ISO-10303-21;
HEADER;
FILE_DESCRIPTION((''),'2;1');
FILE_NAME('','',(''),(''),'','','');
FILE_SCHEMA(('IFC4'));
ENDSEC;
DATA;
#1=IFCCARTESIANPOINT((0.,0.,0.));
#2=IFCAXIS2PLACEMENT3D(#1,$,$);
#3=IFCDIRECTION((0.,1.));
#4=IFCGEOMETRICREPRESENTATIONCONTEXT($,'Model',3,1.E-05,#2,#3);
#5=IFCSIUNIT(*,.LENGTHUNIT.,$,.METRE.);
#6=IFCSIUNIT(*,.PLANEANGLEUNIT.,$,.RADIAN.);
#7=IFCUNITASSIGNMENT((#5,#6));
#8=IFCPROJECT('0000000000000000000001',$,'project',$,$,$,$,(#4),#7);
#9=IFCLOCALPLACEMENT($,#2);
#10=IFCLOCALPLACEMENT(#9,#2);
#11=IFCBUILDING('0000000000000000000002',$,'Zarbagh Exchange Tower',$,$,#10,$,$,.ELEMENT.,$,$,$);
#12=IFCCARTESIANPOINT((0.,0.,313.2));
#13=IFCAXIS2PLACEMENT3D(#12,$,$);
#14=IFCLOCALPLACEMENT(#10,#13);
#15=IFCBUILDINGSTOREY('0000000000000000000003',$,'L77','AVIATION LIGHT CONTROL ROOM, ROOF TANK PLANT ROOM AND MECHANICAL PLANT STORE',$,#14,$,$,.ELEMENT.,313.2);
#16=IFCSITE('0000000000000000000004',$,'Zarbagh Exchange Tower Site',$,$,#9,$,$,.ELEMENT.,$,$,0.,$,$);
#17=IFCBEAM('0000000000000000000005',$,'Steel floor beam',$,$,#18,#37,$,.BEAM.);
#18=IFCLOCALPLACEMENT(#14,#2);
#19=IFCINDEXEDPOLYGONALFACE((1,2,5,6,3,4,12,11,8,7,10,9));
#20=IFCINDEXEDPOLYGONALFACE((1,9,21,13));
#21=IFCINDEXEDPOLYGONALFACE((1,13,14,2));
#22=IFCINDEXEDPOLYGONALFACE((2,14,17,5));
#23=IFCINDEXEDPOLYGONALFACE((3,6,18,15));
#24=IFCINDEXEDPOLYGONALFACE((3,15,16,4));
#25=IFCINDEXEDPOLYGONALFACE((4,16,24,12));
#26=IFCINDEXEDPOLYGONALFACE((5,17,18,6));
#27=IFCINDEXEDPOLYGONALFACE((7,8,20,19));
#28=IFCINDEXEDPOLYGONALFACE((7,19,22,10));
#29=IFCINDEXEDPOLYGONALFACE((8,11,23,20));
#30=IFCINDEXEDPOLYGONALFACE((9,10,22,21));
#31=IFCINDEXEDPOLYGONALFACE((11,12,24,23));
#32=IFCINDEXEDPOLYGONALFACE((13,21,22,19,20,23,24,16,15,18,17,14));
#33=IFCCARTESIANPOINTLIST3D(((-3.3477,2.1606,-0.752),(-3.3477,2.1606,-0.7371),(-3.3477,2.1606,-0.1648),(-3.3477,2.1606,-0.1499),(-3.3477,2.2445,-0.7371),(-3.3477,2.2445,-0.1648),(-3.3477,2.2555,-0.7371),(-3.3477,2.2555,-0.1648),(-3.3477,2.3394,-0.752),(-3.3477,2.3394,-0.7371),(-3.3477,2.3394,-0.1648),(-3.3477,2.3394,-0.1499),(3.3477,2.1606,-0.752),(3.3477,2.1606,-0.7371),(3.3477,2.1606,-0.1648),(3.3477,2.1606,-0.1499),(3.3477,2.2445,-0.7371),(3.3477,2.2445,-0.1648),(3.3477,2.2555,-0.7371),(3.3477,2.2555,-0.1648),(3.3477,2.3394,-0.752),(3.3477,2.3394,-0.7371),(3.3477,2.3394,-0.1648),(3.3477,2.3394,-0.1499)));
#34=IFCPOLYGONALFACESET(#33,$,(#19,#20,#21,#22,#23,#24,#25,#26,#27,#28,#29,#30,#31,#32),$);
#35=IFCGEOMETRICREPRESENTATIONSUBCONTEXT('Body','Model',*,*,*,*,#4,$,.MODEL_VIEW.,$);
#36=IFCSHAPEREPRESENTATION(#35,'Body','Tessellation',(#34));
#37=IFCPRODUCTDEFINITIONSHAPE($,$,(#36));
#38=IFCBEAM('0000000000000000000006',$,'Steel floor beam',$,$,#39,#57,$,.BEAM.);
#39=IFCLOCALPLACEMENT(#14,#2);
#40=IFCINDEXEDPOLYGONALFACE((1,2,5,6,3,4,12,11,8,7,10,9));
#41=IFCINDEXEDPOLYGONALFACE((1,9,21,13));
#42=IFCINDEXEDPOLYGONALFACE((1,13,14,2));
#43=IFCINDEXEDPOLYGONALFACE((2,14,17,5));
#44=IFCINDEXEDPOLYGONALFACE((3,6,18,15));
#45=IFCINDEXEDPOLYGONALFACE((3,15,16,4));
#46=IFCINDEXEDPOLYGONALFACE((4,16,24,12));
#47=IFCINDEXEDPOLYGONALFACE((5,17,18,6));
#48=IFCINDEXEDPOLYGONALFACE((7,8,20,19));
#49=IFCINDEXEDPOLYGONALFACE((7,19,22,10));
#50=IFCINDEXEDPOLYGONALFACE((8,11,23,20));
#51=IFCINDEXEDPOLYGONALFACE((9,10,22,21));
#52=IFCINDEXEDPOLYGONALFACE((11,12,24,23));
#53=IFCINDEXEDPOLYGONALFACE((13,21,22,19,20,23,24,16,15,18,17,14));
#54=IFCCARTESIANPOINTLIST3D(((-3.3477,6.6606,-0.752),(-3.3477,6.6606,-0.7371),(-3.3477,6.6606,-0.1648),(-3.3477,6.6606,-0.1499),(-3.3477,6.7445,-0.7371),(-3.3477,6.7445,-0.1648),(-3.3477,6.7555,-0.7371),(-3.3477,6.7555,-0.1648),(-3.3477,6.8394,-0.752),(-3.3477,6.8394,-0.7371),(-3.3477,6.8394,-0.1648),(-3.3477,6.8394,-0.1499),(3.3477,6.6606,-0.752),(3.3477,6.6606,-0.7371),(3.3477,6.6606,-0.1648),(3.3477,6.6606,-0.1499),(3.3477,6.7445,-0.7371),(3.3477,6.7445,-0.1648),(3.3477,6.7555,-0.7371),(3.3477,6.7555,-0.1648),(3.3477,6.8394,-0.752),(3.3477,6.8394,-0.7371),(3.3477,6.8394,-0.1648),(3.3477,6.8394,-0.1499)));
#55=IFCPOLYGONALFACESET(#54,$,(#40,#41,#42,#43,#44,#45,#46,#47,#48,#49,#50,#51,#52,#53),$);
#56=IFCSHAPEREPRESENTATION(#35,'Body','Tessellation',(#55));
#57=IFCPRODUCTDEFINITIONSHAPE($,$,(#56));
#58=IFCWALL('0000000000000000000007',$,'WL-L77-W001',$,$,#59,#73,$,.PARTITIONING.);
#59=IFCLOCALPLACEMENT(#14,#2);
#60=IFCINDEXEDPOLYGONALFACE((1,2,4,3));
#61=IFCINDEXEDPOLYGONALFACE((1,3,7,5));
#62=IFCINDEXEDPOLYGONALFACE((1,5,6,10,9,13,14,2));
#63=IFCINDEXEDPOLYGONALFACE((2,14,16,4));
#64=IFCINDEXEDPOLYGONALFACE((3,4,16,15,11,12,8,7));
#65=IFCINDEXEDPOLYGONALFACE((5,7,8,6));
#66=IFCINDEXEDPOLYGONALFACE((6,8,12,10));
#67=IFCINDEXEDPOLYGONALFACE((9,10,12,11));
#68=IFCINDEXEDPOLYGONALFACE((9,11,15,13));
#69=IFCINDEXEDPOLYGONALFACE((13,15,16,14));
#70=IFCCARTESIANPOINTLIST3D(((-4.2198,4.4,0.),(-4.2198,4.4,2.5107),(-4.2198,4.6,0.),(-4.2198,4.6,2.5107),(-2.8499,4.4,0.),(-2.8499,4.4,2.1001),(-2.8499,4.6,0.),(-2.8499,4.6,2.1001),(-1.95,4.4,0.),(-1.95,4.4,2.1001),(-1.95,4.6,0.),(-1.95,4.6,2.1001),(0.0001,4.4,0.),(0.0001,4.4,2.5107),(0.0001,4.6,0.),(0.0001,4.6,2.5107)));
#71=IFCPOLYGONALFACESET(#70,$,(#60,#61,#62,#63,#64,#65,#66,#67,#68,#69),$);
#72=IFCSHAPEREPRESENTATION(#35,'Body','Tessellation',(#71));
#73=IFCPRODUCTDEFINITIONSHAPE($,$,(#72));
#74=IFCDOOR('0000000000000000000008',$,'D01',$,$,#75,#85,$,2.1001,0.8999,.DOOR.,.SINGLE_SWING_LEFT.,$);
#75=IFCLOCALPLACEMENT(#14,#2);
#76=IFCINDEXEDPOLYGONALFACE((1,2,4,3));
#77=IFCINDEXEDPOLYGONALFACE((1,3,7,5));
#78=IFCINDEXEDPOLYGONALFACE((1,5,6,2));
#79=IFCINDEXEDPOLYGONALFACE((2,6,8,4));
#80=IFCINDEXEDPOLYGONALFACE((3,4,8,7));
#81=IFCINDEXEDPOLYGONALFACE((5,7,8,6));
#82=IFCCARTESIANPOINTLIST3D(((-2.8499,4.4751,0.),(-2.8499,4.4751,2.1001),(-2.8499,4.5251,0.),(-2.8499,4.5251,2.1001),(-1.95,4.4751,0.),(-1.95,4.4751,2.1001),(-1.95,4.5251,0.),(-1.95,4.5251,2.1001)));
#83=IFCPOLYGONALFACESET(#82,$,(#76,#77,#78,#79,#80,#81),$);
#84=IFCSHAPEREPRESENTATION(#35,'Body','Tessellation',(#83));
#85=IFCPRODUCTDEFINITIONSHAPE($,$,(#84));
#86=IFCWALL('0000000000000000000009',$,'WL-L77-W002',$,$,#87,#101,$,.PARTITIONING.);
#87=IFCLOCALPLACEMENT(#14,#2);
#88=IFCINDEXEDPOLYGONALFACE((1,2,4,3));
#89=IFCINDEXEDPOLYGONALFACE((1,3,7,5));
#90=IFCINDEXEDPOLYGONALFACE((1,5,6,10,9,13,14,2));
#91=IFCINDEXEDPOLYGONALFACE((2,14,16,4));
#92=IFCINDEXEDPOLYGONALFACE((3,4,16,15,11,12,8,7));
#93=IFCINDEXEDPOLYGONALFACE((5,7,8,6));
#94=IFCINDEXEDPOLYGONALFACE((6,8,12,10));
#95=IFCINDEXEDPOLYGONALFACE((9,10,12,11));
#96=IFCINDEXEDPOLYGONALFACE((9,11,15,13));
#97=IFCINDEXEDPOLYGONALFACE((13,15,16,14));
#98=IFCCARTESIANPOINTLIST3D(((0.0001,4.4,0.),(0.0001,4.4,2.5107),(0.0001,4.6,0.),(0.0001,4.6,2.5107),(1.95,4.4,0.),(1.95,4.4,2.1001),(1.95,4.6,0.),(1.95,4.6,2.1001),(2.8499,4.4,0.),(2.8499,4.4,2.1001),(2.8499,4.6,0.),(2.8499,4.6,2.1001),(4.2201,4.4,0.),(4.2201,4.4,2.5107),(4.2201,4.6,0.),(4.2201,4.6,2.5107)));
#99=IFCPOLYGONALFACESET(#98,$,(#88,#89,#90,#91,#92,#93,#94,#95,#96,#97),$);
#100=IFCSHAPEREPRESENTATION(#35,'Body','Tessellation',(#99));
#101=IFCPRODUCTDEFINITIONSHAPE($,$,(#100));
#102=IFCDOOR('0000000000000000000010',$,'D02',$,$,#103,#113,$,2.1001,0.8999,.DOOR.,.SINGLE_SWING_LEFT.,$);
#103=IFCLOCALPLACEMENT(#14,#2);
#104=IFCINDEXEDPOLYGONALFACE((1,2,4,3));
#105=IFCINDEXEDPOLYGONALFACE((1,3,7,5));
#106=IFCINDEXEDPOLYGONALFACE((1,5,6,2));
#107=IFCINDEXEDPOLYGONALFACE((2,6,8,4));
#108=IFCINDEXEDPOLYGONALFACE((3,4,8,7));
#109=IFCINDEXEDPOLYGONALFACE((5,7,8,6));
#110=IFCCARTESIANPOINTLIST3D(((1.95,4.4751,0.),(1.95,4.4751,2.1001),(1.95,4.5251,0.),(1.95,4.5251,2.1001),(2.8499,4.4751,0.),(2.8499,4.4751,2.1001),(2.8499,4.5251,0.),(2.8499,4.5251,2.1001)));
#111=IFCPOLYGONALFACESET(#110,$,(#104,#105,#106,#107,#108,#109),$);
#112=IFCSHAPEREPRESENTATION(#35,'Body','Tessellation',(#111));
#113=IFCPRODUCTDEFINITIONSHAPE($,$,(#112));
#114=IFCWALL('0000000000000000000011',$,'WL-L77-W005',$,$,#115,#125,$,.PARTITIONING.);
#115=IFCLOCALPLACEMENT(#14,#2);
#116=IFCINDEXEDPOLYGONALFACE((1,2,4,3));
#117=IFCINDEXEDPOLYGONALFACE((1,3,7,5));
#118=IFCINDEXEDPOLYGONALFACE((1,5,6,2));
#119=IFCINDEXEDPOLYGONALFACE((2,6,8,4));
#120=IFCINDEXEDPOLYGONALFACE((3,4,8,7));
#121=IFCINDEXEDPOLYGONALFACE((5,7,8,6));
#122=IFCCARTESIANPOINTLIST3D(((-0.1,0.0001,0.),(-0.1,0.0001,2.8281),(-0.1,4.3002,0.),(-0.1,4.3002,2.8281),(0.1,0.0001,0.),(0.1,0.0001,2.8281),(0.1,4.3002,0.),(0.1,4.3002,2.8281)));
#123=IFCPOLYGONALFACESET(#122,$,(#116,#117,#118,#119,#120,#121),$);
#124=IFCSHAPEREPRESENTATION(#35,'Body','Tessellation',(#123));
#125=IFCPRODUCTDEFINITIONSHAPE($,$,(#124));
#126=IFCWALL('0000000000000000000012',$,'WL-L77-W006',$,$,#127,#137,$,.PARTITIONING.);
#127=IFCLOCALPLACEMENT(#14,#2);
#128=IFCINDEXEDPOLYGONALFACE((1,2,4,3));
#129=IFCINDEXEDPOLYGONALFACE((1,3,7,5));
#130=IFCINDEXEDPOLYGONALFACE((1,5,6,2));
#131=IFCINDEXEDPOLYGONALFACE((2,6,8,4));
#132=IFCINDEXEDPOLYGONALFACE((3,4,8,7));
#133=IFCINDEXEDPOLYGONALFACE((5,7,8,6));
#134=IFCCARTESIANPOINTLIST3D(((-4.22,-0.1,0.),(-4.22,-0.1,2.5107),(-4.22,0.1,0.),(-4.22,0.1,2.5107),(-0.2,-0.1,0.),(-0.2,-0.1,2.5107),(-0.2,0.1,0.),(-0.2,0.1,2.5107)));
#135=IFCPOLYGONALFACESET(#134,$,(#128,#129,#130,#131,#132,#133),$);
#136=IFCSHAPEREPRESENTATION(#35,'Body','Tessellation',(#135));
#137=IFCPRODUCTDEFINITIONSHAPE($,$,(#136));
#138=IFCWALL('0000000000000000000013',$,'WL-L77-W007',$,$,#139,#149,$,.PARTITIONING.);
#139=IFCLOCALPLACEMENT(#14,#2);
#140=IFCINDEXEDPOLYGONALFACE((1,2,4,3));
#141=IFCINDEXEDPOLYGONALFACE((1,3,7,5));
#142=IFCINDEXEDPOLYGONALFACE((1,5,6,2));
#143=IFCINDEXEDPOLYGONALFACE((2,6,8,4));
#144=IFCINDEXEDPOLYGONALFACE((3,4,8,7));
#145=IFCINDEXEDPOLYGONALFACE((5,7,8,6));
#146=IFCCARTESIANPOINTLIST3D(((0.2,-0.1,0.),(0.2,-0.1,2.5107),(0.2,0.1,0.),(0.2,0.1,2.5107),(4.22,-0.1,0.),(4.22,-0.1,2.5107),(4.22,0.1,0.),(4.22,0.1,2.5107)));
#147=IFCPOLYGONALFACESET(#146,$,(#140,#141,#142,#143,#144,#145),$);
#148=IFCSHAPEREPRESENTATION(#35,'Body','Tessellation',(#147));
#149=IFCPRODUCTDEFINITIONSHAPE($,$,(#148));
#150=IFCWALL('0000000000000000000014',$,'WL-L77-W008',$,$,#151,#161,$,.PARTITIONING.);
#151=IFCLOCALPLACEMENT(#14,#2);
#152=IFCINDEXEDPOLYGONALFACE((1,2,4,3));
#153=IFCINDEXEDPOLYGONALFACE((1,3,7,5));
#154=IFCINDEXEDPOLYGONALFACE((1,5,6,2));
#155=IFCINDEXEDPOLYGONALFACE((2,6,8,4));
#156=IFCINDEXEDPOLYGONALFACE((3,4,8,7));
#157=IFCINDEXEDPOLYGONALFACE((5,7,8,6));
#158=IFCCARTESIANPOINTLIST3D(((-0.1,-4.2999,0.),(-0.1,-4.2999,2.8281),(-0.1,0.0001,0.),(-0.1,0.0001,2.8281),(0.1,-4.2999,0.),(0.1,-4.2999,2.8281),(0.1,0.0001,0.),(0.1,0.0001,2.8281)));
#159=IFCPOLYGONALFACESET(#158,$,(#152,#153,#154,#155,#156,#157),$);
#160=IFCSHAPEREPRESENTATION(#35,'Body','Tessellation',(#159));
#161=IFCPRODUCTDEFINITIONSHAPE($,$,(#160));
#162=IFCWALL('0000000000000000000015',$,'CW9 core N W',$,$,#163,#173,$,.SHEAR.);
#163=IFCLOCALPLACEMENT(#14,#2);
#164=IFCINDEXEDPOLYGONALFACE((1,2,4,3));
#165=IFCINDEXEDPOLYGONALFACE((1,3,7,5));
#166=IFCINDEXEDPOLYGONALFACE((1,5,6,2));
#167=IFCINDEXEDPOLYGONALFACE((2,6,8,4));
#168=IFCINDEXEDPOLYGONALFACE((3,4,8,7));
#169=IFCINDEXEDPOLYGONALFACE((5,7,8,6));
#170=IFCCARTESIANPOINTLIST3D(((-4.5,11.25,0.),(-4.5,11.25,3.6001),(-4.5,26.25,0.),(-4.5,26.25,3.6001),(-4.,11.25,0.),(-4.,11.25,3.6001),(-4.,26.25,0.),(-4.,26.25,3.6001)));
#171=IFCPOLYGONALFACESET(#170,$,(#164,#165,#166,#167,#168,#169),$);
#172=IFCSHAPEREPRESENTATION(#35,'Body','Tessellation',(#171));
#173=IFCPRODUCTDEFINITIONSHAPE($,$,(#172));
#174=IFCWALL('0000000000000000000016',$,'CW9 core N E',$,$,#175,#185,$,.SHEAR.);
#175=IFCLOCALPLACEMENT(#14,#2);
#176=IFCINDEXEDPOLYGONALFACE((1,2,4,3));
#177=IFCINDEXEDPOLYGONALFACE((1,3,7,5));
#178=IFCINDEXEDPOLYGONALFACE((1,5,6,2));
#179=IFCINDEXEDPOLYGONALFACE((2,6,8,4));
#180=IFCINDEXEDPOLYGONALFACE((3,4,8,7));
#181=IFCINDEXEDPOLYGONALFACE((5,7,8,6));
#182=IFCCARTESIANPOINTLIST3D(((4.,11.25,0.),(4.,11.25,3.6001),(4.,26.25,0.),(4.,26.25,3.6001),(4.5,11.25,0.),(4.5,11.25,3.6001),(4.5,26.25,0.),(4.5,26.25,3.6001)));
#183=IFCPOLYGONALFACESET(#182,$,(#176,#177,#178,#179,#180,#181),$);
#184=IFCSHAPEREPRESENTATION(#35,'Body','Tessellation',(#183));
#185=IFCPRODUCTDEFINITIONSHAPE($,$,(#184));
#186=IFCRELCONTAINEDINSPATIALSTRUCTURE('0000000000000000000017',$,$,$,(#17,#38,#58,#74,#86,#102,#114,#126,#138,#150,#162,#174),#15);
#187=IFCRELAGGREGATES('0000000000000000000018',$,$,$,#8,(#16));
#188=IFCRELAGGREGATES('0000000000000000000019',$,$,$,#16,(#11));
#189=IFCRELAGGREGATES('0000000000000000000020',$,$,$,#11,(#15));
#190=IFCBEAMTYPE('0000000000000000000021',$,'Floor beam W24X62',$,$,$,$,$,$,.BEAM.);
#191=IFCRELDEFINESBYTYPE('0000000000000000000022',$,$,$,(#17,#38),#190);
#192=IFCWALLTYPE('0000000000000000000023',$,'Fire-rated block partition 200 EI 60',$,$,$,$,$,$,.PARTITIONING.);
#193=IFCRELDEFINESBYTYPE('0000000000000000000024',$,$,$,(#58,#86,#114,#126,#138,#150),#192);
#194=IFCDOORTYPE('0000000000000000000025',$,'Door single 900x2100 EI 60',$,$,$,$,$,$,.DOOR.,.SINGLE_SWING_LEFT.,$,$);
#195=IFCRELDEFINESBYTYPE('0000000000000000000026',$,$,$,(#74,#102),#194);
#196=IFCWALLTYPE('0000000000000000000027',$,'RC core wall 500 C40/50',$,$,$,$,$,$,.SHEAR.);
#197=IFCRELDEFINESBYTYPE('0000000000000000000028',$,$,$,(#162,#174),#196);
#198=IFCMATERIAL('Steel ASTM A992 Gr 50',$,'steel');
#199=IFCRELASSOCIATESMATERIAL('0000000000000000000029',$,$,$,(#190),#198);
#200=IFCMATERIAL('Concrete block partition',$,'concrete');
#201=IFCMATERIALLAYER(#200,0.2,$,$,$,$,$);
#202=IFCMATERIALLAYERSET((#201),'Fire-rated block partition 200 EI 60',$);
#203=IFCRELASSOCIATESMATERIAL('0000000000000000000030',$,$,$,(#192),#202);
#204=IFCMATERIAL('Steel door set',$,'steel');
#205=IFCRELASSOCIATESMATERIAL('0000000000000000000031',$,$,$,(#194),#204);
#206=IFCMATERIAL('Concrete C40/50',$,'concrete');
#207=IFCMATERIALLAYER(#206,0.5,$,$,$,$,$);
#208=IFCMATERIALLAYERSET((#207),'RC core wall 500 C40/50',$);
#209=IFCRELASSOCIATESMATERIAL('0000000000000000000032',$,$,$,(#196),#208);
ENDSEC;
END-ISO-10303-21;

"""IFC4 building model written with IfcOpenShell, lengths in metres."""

from ifc_helpers import new_model, si_unit, direction, frame, frame_2d, origin, origin_2d, place, context, subcontext, project, spatial, rectangle, i_section, extrude, material, layer, layer_set, material_profile, profile_set, type_object, element, fill, save


model = new_model("IFC4")

# Units and contexts
model_context = context("Model", 3, precision=1e-05, world=origin(), true_north=direction((0.0, 1.0)))
body_context = subcontext(model_context, "Body", "Model", "MODEL_VIEW")
ifc_project = project(units=[si_unit("LENGTHUNIT", "METRE"), si_unit("PLANEANGLEUNIT", "RADIAN")], contexts=[model_context])

# Site, building, storey
site_placement = place(None, origin())
site = spatial("IfcSite", under=ifc_project, at=site_placement, Name="Zarbagh Exchange Tower Site", CompositionType="ELEMENT", RefElevation=0.0)
building_placement = place(site_placement, origin())
building = spatial("IfcBuilding", under=site, at=building_placement, Name="Zarbagh Exchange Tower", CompositionType="ELEMENT")
storey_placement = place(building_placement, frame((0.0, 0.0, 313.2)))
storey = spatial("IfcBuildingStorey", under=building, at=storey_placement, Name="L77", Description="AVIATION LIGHT CONTROL ROOM, ROOF TANK PLANT ROOM AND MECHANICAL PLANT STORE", CompositionType="ELEMENT", Elevation=313.2)

# Beams
ifc_material_1 = material(Name="Steel ASTM A992 Gr 50", Category="steel")
ifc_material_profile = material_profile(ifc_material_1, i_section(OverallWidth=0.1787, OverallDepth=0.6021, WebThickness=0.011, FlangeThickness=0.0149, at=origin_2d()), Name="W24X62")
ifc_profile_set = profile_set([ifc_material_profile], Name="Steel ASTM A992 Gr 50")
beam_type = type_object("IfcBeamType", Name="Floor beam W24X62", PredefinedType="BEAM", material=ifc_profile_set)
for number, where, z_axis, x_axis, name in (
    (1, (-3.3477, 2.25, -0.4509), (1.0, 0.0, 0.0), (0.0, 1.0, 0.0), "Steel floor beam"),
    (2, (-3.3477, 6.75, -0.4509), (1.0, 0.0, 0.0), (0.0, 1.0, 0.0), "Steel floor beam"),
):
    element("IfcBeam", number, at=place(storey_placement, frame(where, z_axis=z_axis, x_axis=x_axis)), inside=storey, type_object=beam_type, Name=name, PredefinedType="BEAM", context=body_context, shape_type="SweptSolid", body=[
        extrude(i_section(OverallWidth=0.1787, OverallDepth=0.6021, WebThickness=0.011, FlangeThickness=0.0149, at=origin_2d()), origin(), (0.0, 0.0, 1.0), 6.6953),
    ])

# Walls, openings, doors
ifc_material_2 = material(Name="Concrete block partition", Category="concrete")
ifc_layer_1 = layer(ifc_material_2, 0.2)
ifc_layer_set_1 = layer_set([ifc_layer_1], Name="Fire-rated block partition 200 EI 60")
wall_type_1 = type_object("IfcWallType", Name="Fire-rated block partition 200 EI 60", PredefinedType="PARTITIONING", material=ifc_layer_set_1)
wall_1_placement = place(storey_placement, frame((0.0, 4.5, 0.0), z_axis=(0.0, 0.0, 1.0), x_axis=(-1.0, 0.0, 0.0)))
wall_1 = element("IfcWall", 3, at=wall_1_placement, inside=storey, type_object=wall_type_1, Name="WL-L77-W001", PredefinedType="PARTITIONING", context=body_context, shape_type="SweptSolid", body=[
    extrude(rectangle(XDim=4.22, YDim=0.2, at=frame_2d((2.1099, 0.0))), origin(), (0.0, 0.0, 1.0), 2.5107),
])
opening_1_placement = place(wall_1_placement, frame((1.95, 0.0, 0.0)))
opening_1 = element("IfcOpeningElement", 4, at=opening_1_placement, cuts=wall_1, PredefinedType="OPENING", context=body_context, shape_type="SweptSolid", body=[
    extrude(rectangle(XDim=0.8999, YDim=2.1001, at=frame_2d((0.45, 1.05))), frame((0.0, 0.1099, 0.0), z_axis=(0.0, -1.0, 0.0), x_axis=(1.0, 0.0, 0.0)), (0.0, 0.0, 1.0), 0.22),
])
ifc_material_3 = material(Name="Steel door set", Category="steel")
door_type_1 = type_object("IfcDoorType", Name="Door single 900x2100 EI 60", OperationType="SINGLE_SWING_LEFT", PredefinedType="DOOR", material=ifc_material_3)
door_1_placement = place(opening_1_placement, origin())
door_1 = element("IfcDoor", 5, at=door_1_placement, inside=storey, type_object=door_type_1, Name="D01", OperationType="SINGLE_SWING_LEFT", OverallHeight=2.1001, OverallWidth=0.8999, PredefinedType="DOOR", context=body_context, shape_type="SweptSolid", body=[
    extrude(rectangle(XDim=0.8999, YDim=2.1001, at=frame_2d((0.45, 1.05))), frame((0.0, 0.0249, 0.0), z_axis=(0.0, -1.0, 0.0), x_axis=(1.0, 0.0, 0.0)), (0.0, 0.0, 1.0), 0.05),
])
fill(opening_1, door_1)
wall_2_placement = place(storey_placement, frame((4.22, 4.5, 0.0), z_axis=(0.0, 0.0, 1.0), x_axis=(-1.0, 0.0, 0.0)))
wall_2 = element("IfcWall", 6, at=wall_2_placement, inside=storey, type_object=wall_type_1, Name="WL-L77-W002", PredefinedType="PARTITIONING", context=body_context, shape_type="SweptSolid", body=[
    extrude(rectangle(XDim=4.22, YDim=0.2, at=frame_2d((2.1099, 0.0))), origin(), (0.0, 0.0, 1.0), 2.5107),
])
opening_2_placement = place(wall_2_placement, frame((1.3701, 0.0, 0.0)))
opening_2 = element("IfcOpeningElement", 7, at=opening_2_placement, cuts=wall_2, PredefinedType="OPENING", context=body_context, shape_type="SweptSolid", body=[
    extrude(rectangle(XDim=0.8999, YDim=2.1001, at=frame_2d((0.45, 1.05))), frame((0.0, 0.1099, 0.0), z_axis=(0.0, -1.0, 0.0), x_axis=(1.0, 0.0, 0.0)), (0.0, 0.0, 1.0), 0.22),
])
door_2_placement = place(opening_2_placement, origin())
door_2 = element("IfcDoor", 8, at=door_2_placement, inside=storey, type_object=door_type_1, Name="D02", OperationType="SINGLE_SWING_LEFT", OverallHeight=2.1001, OverallWidth=0.8999, PredefinedType="DOOR", context=body_context, shape_type="SweptSolid", body=[
    extrude(rectangle(XDim=0.8999, YDim=2.1001, at=frame_2d((0.45, 1.05))), frame((0.0, 0.0249, 0.0), z_axis=(0.0, -1.0, 0.0), x_axis=(1.0, 0.0, 0.0)), (0.0, 0.0, 1.0), 0.05),
])
fill(opening_2, door_2)

# Walls
wall_3_placement = place(storey_placement, frame((0.0, 4.3, 0.0), z_axis=(0.0, 0.0, 1.0), x_axis=(0.0, -1.0, 0.0)))
element("IfcWall", 9, at=wall_3_placement, inside=storey, type_object=wall_type_1, Name="WL-L77-W005", PredefinedType="PARTITIONING", context=body_context, shape_type="SweptSolid", body=[
    extrude(rectangle(XDim=4.3, YDim=0.2, at=frame_2d((2.1499, 0.0))), origin(), (0.0, 0.0, 1.0), 2.8281),
])
for number, where, z_axis, x_axis, name in (
    (10, (-0.2, 0.0, 0.0), (0.0, 0.0, 1.0), (-1.0, 0.0, 0.0), "WL-L77-W006"),
    (11, (4.22, 0.0, 0.0), (0.0, 0.0, 1.0), (-1.0, 0.0, 0.0), "WL-L77-W007"),
):
    element("IfcWall", number, at=place(storey_placement, frame(where, z_axis=z_axis, x_axis=x_axis)), inside=storey, type_object=wall_type_1, Name=name, PredefinedType="PARTITIONING", context=body_context, shape_type="SweptSolid", body=[
        extrude(rectangle(XDim=4.02, YDim=0.2, at=frame_2d((2.01, 0.0))), origin(), (0.0, 0.0, 1.0), 2.5107),
    ])
wall_4_placement = place(storey_placement, frame((0.0, 0.0, 0.0), z_axis=(0.0, 0.0, 1.0), x_axis=(0.0, -1.0, 0.0)))
element("IfcWall", 12, at=wall_4_placement, inside=storey, type_object=wall_type_1, Name="WL-L77-W008", PredefinedType="PARTITIONING", context=body_context, shape_type="SweptSolid", body=[
    extrude(rectangle(XDim=4.3, YDim=0.2, at=frame_2d((2.1499, 0.0))), origin(), (0.0, 0.0, 1.0), 2.8281),
])
ifc_material_4 = material(Name="Concrete C40/50", Category="concrete")
ifc_layer_2 = layer(ifc_material_4, 0.5)
ifc_layer_set_2 = layer_set([ifc_layer_2], Name="RC core wall 500 C40/50")
wall_type_2 = type_object("IfcWallType", Name="RC core wall 500 C40/50", PredefinedType="SHEAR", material=ifc_layer_set_2)
for number, where, z_axis, x_axis, name in (
    (13, (-4.25, 11.25, 0.0), (0.0, 0.0, 1.0), (0.0, 1.0, 0.0), "CW9 core N W"),
    (14, (4.25, 11.25, 0.0), (0.0, 0.0, 1.0), (0.0, 1.0, 0.0), "CW9 core N E"),
):
    element("IfcWall", number, at=place(storey_placement, frame(where, z_axis=z_axis, x_axis=x_axis)), inside=storey, type_object=wall_type_2, Name=name, PredefinedType="SHEAR", context=body_context, shape_type="SweptSolid", body=[
        extrude(rectangle(XDim=15.0, YDim=0.5, at=frame_2d((7.5, 0.0))), origin(), (0.0, 0.0, 1.0), 3.6001),
    ])

save(model, "model.ifc")
